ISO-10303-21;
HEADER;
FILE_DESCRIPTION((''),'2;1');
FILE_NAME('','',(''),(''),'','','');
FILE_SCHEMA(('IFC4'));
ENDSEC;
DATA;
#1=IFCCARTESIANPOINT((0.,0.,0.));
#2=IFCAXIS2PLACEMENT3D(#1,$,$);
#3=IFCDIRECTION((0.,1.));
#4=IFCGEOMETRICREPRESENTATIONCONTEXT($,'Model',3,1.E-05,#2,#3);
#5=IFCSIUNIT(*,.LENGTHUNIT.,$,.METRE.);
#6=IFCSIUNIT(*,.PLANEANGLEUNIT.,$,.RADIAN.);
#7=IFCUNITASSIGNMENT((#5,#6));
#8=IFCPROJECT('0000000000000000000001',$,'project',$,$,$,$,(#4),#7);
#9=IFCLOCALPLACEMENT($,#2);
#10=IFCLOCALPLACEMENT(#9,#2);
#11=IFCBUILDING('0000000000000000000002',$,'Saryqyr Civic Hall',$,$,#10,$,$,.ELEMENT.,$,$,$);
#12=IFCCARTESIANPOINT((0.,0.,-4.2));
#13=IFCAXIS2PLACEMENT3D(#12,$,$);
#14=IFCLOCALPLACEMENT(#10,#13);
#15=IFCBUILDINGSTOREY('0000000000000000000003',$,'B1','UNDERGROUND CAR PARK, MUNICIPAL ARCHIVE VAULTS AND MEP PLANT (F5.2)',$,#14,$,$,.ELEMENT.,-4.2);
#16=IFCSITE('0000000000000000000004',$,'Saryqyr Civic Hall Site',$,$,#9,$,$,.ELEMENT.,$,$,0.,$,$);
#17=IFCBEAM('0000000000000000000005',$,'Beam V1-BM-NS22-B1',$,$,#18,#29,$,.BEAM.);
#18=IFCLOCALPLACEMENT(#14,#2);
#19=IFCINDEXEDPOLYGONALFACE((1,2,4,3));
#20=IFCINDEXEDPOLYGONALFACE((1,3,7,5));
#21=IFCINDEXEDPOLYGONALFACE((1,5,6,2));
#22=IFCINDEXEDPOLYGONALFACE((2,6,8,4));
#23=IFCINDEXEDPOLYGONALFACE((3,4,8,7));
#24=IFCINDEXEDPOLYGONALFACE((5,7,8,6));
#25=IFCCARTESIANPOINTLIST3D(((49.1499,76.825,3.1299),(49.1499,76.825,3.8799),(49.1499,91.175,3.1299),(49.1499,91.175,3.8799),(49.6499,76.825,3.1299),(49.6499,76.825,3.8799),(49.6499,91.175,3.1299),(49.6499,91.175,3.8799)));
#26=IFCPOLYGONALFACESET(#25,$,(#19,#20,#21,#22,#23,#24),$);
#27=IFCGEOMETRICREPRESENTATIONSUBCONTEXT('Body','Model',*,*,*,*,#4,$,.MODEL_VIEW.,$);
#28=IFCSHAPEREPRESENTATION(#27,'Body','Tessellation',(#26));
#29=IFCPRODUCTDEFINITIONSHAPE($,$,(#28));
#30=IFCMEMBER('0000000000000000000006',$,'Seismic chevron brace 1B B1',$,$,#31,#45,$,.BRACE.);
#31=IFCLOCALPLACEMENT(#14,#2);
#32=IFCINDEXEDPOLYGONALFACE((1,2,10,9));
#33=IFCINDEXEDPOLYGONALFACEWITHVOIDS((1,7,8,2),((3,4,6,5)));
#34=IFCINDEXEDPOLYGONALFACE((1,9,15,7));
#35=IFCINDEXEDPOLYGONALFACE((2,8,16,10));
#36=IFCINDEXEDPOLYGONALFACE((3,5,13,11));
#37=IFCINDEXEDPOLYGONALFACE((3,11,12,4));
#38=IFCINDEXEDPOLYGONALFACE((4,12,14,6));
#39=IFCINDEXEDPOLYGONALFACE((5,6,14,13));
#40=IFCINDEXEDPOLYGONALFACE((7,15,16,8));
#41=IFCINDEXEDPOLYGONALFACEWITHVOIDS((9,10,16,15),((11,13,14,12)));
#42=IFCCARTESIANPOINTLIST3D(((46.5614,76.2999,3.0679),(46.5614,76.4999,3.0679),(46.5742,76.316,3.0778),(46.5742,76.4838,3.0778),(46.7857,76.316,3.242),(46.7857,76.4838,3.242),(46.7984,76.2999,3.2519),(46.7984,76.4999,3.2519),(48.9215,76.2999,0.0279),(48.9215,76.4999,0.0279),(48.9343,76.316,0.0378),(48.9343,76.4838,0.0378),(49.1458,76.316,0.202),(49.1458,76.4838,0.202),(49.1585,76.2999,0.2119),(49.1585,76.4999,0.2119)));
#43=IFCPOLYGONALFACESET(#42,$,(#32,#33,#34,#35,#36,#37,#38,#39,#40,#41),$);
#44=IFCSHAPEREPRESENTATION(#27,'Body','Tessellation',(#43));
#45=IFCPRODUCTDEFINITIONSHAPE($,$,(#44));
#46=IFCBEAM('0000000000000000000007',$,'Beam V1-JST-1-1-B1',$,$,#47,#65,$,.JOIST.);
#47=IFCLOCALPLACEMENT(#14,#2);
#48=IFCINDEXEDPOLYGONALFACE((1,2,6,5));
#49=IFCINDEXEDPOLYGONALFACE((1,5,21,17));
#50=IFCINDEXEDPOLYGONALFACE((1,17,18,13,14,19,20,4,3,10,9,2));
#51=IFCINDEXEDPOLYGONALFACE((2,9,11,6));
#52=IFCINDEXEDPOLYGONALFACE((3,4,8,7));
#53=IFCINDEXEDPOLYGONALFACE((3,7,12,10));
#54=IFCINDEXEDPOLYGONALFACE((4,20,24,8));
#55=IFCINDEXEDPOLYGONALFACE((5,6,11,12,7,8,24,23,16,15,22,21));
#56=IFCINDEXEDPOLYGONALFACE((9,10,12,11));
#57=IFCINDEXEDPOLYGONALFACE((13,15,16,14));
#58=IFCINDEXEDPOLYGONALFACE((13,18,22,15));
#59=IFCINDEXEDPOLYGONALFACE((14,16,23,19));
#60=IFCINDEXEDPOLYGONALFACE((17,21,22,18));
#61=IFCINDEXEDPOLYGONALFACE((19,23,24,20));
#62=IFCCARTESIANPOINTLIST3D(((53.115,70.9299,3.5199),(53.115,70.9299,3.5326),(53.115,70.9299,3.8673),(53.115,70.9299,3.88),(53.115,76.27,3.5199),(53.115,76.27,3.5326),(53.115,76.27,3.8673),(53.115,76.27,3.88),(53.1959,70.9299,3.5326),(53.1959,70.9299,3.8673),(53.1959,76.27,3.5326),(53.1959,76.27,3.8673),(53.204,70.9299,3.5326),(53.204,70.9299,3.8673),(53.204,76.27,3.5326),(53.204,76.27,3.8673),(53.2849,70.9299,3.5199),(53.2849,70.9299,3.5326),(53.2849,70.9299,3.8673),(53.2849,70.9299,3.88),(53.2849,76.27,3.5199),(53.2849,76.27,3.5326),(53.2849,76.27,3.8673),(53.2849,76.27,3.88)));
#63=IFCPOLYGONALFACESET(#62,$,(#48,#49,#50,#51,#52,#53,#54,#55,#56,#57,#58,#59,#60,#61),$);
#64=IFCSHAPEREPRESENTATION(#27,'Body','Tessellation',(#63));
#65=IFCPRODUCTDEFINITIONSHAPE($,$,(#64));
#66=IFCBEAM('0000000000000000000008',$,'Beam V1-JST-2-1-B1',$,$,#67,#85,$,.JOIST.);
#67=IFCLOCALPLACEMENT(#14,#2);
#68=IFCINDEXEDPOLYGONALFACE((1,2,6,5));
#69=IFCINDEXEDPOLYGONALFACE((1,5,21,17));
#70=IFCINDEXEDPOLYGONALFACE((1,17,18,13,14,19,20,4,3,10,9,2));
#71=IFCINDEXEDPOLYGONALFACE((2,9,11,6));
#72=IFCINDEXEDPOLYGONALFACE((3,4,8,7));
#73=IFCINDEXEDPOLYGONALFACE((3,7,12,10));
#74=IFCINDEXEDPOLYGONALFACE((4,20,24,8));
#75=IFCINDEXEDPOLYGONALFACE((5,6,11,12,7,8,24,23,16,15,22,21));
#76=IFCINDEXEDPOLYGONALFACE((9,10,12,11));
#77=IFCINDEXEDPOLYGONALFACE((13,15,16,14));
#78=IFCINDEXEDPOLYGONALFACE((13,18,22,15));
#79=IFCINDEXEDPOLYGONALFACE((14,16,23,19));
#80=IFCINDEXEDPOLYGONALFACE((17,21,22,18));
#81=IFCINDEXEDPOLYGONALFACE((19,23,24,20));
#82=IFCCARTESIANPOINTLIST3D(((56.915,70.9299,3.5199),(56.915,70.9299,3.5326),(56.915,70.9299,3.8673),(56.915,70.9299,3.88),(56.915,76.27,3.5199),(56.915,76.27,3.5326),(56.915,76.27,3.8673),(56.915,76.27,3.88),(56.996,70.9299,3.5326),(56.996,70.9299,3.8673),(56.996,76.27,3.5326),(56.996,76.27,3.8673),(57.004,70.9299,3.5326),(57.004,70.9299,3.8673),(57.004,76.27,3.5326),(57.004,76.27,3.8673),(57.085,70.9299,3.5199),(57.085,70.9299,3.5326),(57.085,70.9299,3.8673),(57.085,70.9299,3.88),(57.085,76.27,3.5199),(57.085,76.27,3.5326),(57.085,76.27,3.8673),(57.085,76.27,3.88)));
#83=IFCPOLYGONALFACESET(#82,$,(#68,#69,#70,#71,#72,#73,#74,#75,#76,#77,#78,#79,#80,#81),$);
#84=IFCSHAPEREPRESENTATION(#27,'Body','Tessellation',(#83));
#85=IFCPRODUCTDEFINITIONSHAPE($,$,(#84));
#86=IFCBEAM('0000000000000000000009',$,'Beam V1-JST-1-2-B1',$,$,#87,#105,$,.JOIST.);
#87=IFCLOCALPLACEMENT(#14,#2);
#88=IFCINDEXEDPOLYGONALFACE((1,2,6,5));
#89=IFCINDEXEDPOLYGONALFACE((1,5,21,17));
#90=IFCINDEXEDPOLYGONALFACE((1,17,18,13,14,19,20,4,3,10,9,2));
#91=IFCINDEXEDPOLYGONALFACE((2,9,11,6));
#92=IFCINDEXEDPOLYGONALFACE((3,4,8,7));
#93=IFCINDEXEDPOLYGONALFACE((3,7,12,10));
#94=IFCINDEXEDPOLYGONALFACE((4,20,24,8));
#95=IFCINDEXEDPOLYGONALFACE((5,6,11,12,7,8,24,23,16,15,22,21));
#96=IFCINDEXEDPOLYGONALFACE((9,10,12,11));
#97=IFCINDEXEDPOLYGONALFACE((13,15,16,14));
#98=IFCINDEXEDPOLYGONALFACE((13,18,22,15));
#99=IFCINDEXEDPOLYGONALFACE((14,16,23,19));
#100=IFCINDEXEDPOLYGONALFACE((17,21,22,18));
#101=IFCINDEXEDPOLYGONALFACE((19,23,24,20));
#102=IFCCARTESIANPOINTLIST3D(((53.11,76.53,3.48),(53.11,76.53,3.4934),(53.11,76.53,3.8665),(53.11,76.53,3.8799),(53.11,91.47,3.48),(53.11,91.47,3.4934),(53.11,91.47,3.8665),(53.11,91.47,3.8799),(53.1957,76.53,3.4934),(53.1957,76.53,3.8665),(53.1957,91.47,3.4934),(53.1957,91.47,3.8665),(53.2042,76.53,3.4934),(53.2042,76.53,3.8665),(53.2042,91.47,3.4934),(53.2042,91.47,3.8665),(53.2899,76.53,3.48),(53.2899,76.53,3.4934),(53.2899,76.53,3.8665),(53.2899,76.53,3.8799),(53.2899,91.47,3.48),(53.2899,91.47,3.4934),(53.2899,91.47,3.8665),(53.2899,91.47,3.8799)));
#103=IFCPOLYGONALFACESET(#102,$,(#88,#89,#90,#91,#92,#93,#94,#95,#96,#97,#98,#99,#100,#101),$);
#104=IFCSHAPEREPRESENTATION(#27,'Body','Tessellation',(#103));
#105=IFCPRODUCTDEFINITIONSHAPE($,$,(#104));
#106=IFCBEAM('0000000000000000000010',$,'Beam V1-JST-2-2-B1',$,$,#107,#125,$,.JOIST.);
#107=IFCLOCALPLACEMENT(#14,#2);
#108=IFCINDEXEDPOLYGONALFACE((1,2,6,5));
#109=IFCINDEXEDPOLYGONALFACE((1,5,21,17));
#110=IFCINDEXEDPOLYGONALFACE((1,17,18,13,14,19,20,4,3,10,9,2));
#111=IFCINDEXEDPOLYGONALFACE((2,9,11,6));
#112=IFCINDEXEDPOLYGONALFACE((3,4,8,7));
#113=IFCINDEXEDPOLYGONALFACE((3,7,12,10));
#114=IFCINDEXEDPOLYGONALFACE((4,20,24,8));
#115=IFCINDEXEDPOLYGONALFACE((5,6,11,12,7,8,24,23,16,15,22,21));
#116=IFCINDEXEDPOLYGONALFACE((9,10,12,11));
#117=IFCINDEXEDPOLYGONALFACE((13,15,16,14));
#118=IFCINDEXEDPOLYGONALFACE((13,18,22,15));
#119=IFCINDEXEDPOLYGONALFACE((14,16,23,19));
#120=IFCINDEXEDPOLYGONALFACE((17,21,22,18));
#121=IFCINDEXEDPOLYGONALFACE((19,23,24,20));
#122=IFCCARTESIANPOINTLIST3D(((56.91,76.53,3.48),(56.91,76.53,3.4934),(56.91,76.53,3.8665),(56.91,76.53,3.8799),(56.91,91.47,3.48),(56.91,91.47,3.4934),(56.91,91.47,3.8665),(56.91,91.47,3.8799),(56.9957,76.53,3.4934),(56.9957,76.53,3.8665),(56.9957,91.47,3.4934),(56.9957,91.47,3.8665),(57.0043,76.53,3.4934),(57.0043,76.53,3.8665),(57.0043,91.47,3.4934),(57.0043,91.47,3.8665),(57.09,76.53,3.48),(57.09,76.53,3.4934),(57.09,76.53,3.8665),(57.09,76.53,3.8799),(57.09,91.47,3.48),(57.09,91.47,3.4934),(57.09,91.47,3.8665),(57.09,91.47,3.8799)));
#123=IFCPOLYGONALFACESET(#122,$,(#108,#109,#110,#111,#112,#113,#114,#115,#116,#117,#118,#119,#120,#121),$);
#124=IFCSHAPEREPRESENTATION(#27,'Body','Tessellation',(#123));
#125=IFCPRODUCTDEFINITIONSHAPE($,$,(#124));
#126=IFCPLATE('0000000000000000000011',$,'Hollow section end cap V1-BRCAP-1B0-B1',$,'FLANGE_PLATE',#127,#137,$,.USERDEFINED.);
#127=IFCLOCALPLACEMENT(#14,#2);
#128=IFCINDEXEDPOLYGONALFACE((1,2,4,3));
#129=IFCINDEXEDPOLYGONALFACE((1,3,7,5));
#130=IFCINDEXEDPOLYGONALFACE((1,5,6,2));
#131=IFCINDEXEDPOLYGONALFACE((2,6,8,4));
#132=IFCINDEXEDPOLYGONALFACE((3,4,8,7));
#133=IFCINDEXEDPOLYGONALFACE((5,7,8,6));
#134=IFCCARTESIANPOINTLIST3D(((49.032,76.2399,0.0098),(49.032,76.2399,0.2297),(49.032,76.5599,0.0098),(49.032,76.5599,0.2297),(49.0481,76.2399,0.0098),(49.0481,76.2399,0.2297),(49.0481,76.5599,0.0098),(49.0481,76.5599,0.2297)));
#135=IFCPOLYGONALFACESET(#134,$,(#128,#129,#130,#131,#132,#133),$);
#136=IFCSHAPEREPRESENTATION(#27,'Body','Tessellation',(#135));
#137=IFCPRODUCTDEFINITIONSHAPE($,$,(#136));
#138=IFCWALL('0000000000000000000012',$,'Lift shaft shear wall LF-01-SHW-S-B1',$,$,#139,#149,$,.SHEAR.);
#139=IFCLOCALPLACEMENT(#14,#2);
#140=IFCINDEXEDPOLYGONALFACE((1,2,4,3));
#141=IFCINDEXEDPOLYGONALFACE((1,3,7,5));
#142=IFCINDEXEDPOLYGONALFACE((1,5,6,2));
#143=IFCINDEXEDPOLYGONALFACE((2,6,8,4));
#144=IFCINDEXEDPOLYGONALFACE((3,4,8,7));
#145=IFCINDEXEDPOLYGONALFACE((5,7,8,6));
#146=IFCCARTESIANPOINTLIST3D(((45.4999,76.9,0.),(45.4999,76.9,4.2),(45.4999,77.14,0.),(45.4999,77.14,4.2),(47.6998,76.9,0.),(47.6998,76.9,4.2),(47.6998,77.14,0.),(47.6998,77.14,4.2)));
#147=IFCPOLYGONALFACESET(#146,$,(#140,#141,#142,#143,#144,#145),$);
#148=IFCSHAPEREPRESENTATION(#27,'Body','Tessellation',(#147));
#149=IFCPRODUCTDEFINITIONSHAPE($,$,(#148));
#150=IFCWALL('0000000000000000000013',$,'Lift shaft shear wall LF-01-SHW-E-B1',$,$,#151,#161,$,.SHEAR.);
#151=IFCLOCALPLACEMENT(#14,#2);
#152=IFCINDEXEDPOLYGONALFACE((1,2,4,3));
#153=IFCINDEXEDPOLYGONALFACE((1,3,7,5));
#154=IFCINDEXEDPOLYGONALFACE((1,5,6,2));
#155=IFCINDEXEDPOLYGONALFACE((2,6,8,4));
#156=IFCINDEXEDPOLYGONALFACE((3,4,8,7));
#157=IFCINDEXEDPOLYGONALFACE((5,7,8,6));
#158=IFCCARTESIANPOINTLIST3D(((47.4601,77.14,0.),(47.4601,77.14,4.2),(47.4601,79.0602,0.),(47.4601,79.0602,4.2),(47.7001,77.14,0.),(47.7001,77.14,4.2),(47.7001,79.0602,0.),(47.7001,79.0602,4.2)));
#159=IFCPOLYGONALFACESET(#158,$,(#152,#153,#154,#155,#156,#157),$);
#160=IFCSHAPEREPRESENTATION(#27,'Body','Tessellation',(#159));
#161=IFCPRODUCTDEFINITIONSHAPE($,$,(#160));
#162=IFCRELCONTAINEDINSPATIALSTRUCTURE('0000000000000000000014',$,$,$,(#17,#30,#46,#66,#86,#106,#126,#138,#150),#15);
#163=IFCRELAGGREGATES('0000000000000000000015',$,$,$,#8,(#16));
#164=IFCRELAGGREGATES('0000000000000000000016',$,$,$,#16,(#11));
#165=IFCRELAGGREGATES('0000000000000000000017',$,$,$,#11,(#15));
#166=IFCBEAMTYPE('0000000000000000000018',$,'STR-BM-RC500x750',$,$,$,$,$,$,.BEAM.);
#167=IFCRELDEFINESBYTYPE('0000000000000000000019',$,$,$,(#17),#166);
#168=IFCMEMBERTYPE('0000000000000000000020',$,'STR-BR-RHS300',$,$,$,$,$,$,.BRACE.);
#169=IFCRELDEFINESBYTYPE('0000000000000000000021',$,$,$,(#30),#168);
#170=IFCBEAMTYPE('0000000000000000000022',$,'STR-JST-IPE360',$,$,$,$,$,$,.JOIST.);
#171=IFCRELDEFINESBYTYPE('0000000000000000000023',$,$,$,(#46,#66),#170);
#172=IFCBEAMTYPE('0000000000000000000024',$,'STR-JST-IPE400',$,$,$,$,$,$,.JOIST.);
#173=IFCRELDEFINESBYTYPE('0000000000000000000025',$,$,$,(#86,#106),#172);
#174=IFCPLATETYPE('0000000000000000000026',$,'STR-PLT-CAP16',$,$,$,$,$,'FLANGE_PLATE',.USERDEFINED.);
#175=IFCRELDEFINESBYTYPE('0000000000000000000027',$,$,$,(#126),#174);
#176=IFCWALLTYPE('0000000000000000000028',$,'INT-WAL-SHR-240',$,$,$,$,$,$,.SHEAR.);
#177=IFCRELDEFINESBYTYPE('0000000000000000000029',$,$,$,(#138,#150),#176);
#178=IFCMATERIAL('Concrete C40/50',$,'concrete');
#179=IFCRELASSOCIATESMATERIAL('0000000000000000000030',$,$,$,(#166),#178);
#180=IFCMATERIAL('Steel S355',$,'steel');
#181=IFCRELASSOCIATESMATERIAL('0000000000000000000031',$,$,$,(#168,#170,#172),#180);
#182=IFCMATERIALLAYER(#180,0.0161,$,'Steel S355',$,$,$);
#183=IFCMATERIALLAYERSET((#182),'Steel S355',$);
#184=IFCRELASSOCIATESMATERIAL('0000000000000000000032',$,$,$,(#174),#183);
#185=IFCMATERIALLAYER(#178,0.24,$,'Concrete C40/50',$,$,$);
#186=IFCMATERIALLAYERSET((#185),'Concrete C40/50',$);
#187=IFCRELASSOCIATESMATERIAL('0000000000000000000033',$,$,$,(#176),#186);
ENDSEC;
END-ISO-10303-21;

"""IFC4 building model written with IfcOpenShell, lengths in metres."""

from ifc_helpers import new_model, si_unit, direction, frame, frame_2d, origin, origin_2d, place, context, subcontext, project, spatial, rectangle, hollow_rectangle, i_section, extrude, material, layer, layer_set, material_profile, profile_set, type_object, element, save


model = new_model("IFC4")

# Units and contexts
model_context = context("Model", 3, precision=1e-05, world=origin(), true_north=direction((0.0, 1.0)))
body_context = subcontext(model_context, "Body", "Model", "MODEL_VIEW")
ifc_project = project(units=[si_unit("LENGTHUNIT", "METRE"), si_unit("PLANEANGLEUNIT", "RADIAN")], contexts=[model_context])

# Site, building, storey
site_placement = place(None, origin())
site = spatial("IfcSite", under=ifc_project, at=site_placement, Name="Saryqyr Civic Hall Site", CompositionType="ELEMENT", RefElevation=0.0)
building_placement = place(site_placement, origin())
building = spatial("IfcBuilding", under=site, at=building_placement, Name="Saryqyr Civic Hall", CompositionType="ELEMENT")
storey_placement = place(building_placement, frame((0.0, 0.0, -4.2)))
storey = spatial("IfcBuildingStorey", under=building, at=storey_placement, Name="B1", Description="UNDERGROUND CAR PARK, MUNICIPAL ARCHIVE VAULTS AND MEP PLANT (F5.2)", CompositionType="ELEMENT", Elevation=-4.2)

# Shared definitions
ifc_material_1 = material(Name="Concrete C40/50", Category="concrete")

# Beam
ifc_material_2 = material(Name="Steel S355", Category="steel")
ifc_material_profile_1 = material_profile(ifc_material_1, rectangle(XDim=0.5, YDim=0.75, at=origin_2d()), Name="RC 500x750")
ifc_profile_set_1 = profile_set([ifc_material_profile_1], Name="Concrete C40/50")
beam_type_1 = type_object("IfcBeamType", Name="STR-BM-RC500x750", PredefinedType="BEAM", material=ifc_profile_set_1)
beam_1_placement = place(storey_placement, frame((49.3999, 76.825, 3.5049), z_axis=(0.0, 1.0, 0.0), x_axis=(-1.0, 0.0, 0.0)))
element("IfcBeam", 1, at=beam_1_placement, inside=storey, type_object=beam_type_1, Name="Beam V1-BM-NS22-B1", PredefinedType="BEAM", context=body_context, shape_type="SweptSolid", body=[
    extrude(rectangle(XDim=0.5, YDim=0.75, at=origin_2d()), origin(), (0.0, 0.0, 1.0), 14.3501),
])

# Member
ifc_material_profile_2 = material_profile(ifc_material_2, hollow_rectangle(XDim=0.2, YDim=0.3, WallThickness=0.0161, at=origin_2d()), Name="RHS 300x200x16")
ifc_profile_set_2 = profile_set([ifc_material_profile_2], Name="Steel S355")
member_type = type_object("IfcMemberType", Name="STR-BR-RHS300", PredefinedType="BRACE", material=ifc_profile_set_2)
member_placement = place(storey_placement, frame((49.04, 76.3999, 0.1199), z_axis=(-0.613233, 0.0, 0.789902), x_axis=(0.0, -1.0, 0.0)))
element("IfcMember", 2, at=member_placement, inside=storey, type_object=member_type, Name="Seismic chevron brace 1B B1", PredefinedType="BRACE", context=body_context, shape_type="SweptSolid", body=[
    extrude(hollow_rectangle(XDim=0.2, YDim=0.3, WallThickness=0.0161, at=origin_2d()), origin(), (0.0, 0.0, 1.0), 3.8486),
])

# Beams
ifc_material_profile_3 = material_profile(ifc_material_2, i_section(OverallWidth=0.1699, OverallDepth=0.3601, WebThickness=0.0081, FlangeThickness=0.0127, at=origin_2d()), Name="IPE 360")
ifc_profile_set_3 = profile_set([ifc_material_profile_3], Name="Steel S355")
beam_type_2 = type_object("IfcBeamType", Name="STR-JST-IPE360", PredefinedType="JOIST", material=ifc_profile_set_3)
for number, where, z_axis, x_axis, name in (
    (3, (53.2, 70.9299, 3.7), (0.0, 1.0, 0.0), (-1.0, 0.0, 0.0), "Beam V1-JST-1-1-B1"),
    (4, (57.0, 70.9299, 3.7), (0.0, 1.0, 0.0), (-1.0, 0.0, 0.0), "Beam V1-JST-2-1-B1"),
):
    element("IfcBeam", number, at=place(storey_placement, frame(where, z_axis=z_axis, x_axis=x_axis)), inside=storey, type_object=beam_type_2, Name=name, PredefinedType="JOIST", context=body_context, shape_type="SweptSolid", body=[
        extrude(i_section(OverallWidth=0.1699, OverallDepth=0.3601, WebThickness=0.0081, FlangeThickness=0.0127, at=origin_2d()), origin(), (0.0, 0.0, 1.0), 5.3401),
    ])
ifc_material_profile_4 = material_profile(ifc_material_2, i_section(OverallWidth=0.1799, OverallDepth=0.3999, WebThickness=0.0085, FlangeThickness=0.0134, at=origin_2d()), Name="IPE 400")
ifc_profile_set_4 = profile_set([ifc_material_profile_4], Name="Steel S355")
beam_type_3 = type_object("IfcBeamType", Name="STR-JST-IPE400", PredefinedType="JOIST", material=ifc_profile_set_4)
for number, where, z_axis, x_axis, name in (
    (5, (53.2, 76.53, 3.6799), (0.0, 1.0, 0.0), (-1.0, 0.0, 0.0), "Beam V1-JST-1-2-B1"),
    (6, (57.0, 76.53, 3.6799), (0.0, 1.0, 0.0), (-1.0, 0.0, 0.0), "Beam V1-JST-2-2-B1"),
):
    element("IfcBeam", number, at=place(storey_placement, frame(where, z_axis=z_axis, x_axis=x_axis)), inside=storey, type_object=beam_type_3, Name=name, PredefinedType="JOIST", context=body_context, shape_type="SweptSolid", body=[
        extrude(i_section(OverallWidth=0.1799, OverallDepth=0.3999, WebThickness=0.0085, FlangeThickness=0.0134, at=origin_2d()), origin(), (0.0, 0.0, 1.0), 14.9399),
    ])

# Plate
ifc_layer_1 = layer(ifc_material_2, 0.0161, Name="Steel S355")
ifc_layer_set_1 = layer_set([ifc_layer_1], Name="Steel S355")
plate_type = type_object("IfcPlateType", Name="STR-PLT-CAP16", ElementType="FLANGE_PLATE", PredefinedType="USERDEFINED", material=ifc_layer_set_1)
plate_placement = place(storey_placement, frame((49.04, 76.3999, 0.0098), z_axis=(0.0, 0.0, 1.0), x_axis=(1.0, 0.0, 0.0)))
element("IfcPlate", 7, at=plate_placement, inside=storey, type_object=plate_type, Name="Hollow section end cap V1-BRCAP-1B0-B1", ObjectType="FLANGE_PLATE", PredefinedType="USERDEFINED", context=body_context, shape_type="SweptSolid", body=[
    extrude(rectangle(XDim=0.0161, YDim=0.3201, at=origin_2d()), origin(), (0.0, 0.0, 1.0), 0.22),
])

# Walls
ifc_layer_2 = layer(ifc_material_1, 0.24, Name="Concrete C40/50")
ifc_layer_set_2 = layer_set([ifc_layer_2], Name="Concrete C40/50")
wall_type = type_object("IfcWallType", Name="INT-WAL-SHR-240", PredefinedType="SHEAR", material=ifc_layer_set_2)
wall_1_placement = place(storey_placement, frame((47.7, 77.02, 0.0), z_axis=(0.0, 0.0, 1.0), x_axis=(-1.0, 0.0, 0.0)))
element("IfcWall", 8, at=wall_1_placement, inside=storey, type_object=wall_type, Name="Lift shaft shear wall LF-01-SHW-S-B1", PredefinedType="SHEAR", context=body_context, shape_type="SweptSolid", body=[
    extrude(rectangle(XDim=2.2, YDim=0.24, at=frame_2d((1.1001, 0.0))), origin(), (0.0, 0.0, 1.0), 4.2),
])
wall_2_placement = place(storey_placement, frame((47.5801, 79.0601, 0.0), z_axis=(0.0, 0.0, 1.0), x_axis=(0.0, -1.0, 0.0)))
element("IfcWall", 9, at=wall_2_placement, inside=storey, type_object=wall_type, Name="Lift shaft shear wall LF-01-SHW-E-B1", PredefinedType="SHEAR", context=body_context, shape_type="SweptSolid", body=[
    extrude(rectangle(XDim=1.9202, YDim=0.24, at=frame_2d((0.96, 0.0))), origin(), (0.0, 0.0, 1.0), 4.2),
])

save(model, "model.ifc")
